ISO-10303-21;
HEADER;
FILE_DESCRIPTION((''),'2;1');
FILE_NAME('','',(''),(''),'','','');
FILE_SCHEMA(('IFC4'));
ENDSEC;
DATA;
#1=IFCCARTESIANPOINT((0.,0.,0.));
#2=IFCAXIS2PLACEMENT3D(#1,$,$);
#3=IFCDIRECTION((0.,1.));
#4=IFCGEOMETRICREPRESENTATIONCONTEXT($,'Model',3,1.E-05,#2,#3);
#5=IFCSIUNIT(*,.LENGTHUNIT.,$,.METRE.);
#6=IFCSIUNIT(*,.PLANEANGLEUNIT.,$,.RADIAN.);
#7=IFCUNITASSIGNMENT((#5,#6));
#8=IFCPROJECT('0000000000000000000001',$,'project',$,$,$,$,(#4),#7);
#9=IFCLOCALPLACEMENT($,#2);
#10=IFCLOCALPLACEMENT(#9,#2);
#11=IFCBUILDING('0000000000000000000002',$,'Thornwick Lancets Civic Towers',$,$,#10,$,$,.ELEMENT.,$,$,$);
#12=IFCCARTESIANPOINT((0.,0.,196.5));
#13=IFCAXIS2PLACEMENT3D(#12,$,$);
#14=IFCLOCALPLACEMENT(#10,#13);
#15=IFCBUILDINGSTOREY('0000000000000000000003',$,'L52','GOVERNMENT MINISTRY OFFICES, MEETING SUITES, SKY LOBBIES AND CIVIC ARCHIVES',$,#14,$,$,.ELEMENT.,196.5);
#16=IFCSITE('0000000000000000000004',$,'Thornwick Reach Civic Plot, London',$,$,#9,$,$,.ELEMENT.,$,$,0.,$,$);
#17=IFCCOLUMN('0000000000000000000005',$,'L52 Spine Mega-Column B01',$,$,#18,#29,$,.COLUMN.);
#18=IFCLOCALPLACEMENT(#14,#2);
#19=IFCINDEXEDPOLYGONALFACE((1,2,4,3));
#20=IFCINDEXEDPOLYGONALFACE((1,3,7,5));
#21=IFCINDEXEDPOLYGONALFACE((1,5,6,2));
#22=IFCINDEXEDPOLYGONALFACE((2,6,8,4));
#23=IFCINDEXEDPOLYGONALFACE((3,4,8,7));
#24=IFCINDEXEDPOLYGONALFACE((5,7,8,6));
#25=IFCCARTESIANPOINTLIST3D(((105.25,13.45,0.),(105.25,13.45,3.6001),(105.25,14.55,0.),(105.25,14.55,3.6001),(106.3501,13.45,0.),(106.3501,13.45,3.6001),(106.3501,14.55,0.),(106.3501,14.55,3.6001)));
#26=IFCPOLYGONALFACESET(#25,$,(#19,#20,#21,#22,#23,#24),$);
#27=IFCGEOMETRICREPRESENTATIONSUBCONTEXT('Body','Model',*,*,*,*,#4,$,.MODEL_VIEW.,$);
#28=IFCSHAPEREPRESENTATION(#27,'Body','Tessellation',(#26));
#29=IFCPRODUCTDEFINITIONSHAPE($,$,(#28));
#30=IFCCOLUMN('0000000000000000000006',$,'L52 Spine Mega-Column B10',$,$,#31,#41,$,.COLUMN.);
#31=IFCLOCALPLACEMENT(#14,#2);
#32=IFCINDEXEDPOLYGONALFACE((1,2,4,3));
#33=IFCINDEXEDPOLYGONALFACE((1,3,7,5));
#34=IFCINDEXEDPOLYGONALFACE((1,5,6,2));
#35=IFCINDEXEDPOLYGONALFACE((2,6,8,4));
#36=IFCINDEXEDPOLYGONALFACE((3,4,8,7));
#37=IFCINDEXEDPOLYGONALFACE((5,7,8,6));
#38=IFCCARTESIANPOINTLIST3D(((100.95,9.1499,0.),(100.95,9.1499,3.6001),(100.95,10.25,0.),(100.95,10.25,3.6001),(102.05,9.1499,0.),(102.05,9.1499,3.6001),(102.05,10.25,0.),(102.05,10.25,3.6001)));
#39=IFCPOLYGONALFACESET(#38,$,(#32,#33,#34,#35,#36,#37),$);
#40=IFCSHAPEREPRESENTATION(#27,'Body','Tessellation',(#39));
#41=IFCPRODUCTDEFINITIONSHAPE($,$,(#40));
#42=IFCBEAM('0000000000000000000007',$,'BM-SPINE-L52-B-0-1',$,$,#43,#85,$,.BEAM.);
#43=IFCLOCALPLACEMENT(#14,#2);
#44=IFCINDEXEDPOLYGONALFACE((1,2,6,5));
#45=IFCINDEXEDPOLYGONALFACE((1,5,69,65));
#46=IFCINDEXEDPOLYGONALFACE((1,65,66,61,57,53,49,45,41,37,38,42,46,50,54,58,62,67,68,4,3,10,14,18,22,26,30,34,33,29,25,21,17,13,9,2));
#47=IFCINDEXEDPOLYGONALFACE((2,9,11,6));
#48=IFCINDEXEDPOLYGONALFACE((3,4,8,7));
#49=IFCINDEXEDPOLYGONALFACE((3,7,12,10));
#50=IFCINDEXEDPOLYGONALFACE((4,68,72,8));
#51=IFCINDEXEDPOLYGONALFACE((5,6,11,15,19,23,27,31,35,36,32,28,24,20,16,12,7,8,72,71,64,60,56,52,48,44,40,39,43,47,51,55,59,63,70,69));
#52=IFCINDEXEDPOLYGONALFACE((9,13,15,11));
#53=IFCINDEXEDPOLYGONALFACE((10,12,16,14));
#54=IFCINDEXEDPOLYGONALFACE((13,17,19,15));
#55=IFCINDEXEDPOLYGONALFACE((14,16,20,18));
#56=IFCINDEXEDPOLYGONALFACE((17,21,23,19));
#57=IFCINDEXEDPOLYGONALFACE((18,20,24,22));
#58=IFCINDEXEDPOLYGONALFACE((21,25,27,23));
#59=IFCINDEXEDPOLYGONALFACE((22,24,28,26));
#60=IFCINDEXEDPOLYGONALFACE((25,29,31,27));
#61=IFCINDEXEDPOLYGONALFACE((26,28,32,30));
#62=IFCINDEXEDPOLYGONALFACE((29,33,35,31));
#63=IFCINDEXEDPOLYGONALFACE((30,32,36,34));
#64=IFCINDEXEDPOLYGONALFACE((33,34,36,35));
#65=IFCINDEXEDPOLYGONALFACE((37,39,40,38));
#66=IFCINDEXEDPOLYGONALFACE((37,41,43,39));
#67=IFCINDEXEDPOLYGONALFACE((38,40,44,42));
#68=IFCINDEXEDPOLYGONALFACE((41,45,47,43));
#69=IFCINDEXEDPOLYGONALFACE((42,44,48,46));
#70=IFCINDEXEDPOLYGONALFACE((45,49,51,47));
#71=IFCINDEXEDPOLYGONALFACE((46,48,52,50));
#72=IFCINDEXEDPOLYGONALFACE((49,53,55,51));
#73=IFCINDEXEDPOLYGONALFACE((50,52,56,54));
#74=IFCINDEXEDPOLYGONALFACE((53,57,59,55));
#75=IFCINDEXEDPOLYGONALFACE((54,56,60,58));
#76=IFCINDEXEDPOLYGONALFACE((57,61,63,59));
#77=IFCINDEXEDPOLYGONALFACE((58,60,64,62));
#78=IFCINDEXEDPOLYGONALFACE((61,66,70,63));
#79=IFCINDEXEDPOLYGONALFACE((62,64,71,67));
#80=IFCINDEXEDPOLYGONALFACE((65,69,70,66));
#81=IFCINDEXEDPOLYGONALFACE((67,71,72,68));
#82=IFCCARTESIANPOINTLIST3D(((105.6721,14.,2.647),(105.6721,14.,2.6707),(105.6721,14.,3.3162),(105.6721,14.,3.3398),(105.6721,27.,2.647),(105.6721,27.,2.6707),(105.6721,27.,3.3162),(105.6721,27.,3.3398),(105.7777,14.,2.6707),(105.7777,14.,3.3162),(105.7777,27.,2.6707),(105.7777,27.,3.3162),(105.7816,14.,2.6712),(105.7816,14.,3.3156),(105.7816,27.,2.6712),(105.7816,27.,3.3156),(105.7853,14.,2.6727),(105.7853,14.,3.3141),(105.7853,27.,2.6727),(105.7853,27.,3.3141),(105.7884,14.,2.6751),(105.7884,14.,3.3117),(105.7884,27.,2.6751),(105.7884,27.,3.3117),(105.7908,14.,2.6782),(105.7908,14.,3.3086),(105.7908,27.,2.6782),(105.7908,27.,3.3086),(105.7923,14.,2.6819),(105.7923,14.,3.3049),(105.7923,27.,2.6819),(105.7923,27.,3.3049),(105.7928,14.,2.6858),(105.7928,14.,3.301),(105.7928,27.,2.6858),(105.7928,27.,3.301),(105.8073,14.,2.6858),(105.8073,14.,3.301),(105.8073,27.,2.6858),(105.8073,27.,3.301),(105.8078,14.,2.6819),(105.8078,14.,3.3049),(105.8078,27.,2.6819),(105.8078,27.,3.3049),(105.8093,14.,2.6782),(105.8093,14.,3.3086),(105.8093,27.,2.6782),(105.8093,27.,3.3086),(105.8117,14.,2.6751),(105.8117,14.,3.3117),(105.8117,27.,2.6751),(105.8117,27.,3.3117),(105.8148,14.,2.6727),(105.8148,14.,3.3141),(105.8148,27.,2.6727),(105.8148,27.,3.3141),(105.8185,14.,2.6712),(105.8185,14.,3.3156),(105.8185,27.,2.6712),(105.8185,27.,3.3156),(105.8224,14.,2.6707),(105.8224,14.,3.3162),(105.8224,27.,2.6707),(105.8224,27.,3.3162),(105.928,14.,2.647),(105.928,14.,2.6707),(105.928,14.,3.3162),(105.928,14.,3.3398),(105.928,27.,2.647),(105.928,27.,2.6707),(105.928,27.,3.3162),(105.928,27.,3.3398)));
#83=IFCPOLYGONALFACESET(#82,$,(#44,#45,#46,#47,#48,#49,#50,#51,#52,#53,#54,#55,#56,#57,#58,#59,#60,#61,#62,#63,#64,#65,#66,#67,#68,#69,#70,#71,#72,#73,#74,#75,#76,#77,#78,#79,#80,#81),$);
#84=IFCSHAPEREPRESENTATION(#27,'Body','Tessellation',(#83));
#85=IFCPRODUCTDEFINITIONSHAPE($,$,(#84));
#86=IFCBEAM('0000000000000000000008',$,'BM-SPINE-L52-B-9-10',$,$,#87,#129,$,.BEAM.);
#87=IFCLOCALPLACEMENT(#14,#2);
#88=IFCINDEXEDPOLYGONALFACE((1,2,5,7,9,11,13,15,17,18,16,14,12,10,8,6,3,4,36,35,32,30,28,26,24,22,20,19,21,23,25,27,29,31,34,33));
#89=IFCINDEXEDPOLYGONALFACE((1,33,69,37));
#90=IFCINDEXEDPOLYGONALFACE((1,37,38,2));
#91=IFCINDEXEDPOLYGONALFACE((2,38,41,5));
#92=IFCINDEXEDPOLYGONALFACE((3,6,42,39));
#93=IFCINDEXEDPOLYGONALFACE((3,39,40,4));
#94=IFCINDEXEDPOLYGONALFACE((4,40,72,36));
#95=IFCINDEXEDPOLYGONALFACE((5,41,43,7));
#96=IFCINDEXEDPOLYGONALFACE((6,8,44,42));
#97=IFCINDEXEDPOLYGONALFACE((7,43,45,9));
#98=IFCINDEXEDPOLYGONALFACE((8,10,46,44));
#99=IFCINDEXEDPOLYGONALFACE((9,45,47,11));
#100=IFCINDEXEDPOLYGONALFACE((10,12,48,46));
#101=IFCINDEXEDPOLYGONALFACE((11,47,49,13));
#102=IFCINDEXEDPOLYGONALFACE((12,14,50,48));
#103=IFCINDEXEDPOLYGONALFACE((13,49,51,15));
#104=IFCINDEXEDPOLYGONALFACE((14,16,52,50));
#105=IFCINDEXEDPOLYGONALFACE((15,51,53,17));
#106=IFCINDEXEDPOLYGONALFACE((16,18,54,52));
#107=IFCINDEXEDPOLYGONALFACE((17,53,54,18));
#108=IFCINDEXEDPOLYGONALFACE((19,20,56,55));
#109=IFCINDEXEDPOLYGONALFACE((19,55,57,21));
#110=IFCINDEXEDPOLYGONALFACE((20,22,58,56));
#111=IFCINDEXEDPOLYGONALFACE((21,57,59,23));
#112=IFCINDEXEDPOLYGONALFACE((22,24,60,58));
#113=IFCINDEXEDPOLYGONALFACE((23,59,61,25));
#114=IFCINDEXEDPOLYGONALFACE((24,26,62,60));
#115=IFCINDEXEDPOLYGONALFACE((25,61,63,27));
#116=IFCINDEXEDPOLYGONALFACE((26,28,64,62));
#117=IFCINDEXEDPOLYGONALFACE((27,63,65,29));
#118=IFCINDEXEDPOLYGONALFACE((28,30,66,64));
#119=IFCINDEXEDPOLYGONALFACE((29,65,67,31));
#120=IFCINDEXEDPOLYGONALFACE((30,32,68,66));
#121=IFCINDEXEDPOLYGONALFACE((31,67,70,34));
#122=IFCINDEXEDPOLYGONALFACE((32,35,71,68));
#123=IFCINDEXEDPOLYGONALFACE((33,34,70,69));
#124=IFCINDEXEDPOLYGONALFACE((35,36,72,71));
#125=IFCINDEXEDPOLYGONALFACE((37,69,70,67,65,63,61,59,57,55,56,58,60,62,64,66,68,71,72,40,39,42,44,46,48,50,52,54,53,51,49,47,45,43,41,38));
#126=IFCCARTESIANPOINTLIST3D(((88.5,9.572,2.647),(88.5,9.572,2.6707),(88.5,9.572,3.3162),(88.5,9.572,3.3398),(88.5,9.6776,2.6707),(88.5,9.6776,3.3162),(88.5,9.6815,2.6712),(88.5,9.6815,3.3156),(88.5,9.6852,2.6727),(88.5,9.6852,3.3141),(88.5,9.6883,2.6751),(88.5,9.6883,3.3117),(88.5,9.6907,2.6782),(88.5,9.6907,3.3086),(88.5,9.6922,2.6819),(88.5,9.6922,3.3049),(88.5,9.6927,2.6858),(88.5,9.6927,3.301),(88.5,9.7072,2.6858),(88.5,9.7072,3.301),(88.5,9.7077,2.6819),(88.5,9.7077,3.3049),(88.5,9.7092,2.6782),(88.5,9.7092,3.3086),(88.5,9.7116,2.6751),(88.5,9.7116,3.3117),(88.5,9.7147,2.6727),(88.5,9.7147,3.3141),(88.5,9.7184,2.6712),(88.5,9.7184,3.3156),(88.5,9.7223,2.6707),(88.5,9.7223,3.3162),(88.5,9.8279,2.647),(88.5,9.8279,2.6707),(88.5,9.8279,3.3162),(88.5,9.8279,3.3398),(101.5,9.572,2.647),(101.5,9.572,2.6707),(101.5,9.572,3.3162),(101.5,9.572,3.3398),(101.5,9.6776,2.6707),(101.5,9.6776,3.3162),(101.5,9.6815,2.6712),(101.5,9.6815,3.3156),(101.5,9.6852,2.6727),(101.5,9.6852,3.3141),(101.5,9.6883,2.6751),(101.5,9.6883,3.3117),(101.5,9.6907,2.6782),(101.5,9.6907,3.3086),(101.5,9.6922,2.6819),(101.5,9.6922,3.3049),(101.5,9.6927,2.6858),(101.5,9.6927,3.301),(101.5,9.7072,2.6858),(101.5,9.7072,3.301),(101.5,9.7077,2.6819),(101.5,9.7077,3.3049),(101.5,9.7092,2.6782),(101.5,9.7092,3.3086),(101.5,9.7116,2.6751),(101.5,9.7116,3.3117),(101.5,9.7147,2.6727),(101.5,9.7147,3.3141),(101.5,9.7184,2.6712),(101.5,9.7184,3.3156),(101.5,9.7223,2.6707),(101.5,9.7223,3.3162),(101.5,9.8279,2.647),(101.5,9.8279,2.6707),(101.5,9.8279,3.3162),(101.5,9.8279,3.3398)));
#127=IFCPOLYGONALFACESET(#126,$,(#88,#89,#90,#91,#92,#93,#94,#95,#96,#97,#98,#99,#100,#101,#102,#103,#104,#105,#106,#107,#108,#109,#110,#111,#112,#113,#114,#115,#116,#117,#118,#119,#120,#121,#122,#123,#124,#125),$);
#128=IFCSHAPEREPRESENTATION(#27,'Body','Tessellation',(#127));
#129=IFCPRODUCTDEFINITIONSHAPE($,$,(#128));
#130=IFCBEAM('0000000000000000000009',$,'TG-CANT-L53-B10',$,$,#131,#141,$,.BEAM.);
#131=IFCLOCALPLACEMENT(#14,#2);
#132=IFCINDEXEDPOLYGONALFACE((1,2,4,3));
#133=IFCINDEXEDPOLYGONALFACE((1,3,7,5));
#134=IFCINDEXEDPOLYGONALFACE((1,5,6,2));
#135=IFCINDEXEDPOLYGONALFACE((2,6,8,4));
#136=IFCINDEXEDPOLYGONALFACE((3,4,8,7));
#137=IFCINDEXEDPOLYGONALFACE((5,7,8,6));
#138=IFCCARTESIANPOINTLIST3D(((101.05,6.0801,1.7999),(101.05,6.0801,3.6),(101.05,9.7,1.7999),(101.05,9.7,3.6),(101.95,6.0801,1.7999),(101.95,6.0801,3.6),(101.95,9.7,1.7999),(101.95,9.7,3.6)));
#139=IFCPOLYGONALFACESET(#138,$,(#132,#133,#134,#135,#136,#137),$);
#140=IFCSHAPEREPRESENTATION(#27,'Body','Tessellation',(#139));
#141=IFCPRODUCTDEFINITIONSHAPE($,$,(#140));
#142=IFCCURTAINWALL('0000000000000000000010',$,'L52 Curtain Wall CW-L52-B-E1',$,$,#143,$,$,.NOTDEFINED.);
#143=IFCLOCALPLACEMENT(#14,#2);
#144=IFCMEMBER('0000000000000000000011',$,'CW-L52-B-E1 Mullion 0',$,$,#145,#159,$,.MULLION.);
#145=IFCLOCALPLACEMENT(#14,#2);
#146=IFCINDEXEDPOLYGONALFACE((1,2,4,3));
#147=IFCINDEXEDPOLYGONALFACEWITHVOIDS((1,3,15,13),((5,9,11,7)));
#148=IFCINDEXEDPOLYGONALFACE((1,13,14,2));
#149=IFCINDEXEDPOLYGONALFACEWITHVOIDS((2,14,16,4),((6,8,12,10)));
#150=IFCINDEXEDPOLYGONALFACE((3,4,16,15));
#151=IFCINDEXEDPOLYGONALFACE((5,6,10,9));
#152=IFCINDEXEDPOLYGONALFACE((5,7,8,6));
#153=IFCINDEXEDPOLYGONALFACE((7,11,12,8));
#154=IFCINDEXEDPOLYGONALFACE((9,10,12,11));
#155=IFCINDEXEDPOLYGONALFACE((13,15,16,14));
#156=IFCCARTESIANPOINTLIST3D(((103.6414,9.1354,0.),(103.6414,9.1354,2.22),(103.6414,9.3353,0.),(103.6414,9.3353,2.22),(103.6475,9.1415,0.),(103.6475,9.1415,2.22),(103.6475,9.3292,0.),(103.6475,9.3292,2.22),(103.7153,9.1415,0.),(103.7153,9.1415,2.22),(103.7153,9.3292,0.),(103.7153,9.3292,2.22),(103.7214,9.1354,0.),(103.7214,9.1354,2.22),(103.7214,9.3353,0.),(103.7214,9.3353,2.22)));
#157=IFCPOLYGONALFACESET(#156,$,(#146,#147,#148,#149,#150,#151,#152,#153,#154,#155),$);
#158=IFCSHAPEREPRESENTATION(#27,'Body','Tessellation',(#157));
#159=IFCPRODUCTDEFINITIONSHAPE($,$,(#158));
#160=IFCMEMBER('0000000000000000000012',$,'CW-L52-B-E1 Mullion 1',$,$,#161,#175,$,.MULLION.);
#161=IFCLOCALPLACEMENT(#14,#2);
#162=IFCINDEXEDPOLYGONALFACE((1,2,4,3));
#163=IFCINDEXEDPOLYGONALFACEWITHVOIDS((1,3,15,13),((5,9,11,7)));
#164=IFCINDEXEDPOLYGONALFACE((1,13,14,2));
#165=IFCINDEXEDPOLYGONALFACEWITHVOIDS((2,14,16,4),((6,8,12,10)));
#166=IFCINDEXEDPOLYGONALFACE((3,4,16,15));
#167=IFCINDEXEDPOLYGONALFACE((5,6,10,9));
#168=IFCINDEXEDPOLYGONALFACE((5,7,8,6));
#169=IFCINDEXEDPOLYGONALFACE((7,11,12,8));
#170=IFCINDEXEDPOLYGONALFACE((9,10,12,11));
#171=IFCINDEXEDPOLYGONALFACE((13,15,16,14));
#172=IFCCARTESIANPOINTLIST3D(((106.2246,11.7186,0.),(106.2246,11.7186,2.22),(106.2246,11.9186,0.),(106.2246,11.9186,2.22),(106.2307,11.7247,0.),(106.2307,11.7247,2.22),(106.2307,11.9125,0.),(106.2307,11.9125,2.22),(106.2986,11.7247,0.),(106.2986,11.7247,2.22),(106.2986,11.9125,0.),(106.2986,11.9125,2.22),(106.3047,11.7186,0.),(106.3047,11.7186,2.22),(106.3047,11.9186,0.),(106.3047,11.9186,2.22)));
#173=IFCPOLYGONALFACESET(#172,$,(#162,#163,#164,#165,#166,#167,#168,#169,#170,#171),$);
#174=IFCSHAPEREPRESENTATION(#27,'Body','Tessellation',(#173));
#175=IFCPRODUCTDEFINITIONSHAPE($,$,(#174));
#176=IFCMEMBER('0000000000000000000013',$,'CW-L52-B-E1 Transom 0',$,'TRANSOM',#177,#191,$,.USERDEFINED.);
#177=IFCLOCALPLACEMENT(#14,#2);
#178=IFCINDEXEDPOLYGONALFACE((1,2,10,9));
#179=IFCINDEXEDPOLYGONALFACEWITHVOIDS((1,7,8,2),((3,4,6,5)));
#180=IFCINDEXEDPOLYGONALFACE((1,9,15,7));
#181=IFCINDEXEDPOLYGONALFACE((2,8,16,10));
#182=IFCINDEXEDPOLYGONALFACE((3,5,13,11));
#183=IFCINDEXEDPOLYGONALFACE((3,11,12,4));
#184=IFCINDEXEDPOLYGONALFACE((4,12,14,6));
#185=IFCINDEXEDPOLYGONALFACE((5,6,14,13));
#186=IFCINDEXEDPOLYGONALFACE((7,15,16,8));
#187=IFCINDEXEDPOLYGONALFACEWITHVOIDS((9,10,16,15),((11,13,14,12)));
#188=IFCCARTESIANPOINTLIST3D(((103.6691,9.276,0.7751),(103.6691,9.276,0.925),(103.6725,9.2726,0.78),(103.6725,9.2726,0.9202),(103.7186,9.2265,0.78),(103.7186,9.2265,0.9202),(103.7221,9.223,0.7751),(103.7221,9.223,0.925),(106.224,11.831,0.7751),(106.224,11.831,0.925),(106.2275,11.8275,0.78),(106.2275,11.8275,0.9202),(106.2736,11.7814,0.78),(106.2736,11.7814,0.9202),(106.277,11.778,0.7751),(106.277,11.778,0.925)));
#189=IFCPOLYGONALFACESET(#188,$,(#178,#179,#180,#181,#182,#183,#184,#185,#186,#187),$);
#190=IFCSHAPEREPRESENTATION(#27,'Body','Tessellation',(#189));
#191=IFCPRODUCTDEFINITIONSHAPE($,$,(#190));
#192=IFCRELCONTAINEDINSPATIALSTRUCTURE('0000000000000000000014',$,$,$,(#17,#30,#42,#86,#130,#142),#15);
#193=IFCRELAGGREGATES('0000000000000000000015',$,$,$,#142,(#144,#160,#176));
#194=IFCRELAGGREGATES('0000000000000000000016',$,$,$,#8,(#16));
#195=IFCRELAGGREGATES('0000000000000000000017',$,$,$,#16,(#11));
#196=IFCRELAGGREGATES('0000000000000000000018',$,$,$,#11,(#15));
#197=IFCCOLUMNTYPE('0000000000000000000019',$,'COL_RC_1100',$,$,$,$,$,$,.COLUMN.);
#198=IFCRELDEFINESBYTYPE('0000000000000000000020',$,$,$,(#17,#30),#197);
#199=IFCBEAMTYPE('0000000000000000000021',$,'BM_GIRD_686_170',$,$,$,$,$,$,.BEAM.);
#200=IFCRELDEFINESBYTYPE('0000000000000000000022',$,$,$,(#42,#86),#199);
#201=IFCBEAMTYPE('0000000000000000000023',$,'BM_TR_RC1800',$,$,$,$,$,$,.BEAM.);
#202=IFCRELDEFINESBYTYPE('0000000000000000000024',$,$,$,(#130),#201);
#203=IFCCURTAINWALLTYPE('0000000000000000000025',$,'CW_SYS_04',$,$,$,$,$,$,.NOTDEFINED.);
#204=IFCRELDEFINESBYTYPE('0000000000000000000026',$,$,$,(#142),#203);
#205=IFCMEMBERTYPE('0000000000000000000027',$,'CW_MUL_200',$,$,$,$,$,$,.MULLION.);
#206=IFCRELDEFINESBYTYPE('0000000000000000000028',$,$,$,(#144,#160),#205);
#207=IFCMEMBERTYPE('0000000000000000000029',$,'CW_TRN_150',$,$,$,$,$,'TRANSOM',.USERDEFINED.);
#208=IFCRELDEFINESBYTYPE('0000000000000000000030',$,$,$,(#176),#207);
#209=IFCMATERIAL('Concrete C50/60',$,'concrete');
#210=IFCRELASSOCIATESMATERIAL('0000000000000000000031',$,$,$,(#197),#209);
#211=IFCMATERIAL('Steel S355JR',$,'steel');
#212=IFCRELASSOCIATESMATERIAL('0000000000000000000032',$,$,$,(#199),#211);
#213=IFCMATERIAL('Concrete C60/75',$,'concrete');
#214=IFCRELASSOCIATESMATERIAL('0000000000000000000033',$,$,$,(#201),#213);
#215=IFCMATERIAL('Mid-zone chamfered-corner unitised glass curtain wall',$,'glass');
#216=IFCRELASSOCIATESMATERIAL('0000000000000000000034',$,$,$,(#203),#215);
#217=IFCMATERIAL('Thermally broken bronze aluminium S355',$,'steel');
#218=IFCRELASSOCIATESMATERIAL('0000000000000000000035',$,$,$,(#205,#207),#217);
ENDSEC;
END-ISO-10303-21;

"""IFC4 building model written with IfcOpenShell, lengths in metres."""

from ifc_helpers import new_model, si_unit, direction, frame, origin, origin_2d, place, context, subcontext, project, spatial, rectangle, hollow_rectangle, i_section, extrude, material, material_profile, profile_set, type_object, element, aggregate, save


model = new_model("IFC4")

# Units and contexts
model_context = context("Model", 3, precision=1e-05, world=origin(), true_north=direction((0.0, 1.0)))
body_context = subcontext(model_context, "Body", "Model", "MODEL_VIEW")
ifc_project = project(units=[si_unit("LENGTHUNIT", "METRE"), si_unit("PLANEANGLEUNIT", "RADIAN")], contexts=[model_context])

# Site, building, storey
site_placement = place(None, origin())
site = spatial("IfcSite", under=ifc_project, at=site_placement, Name="Thornwick Reach Civic Plot, London", CompositionType="ELEMENT", RefElevation=0.0)
building_placement = place(site_placement, origin())
building = spatial("IfcBuilding", under=site, at=building_placement, Name="Thornwick Lancets Civic Towers", CompositionType="ELEMENT")
storey_placement = place(building_placement, frame((0.0, 0.0, 196.5)))
storey = spatial("IfcBuildingStorey", under=building, at=storey_placement, Name="L52", Description="GOVERNMENT MINISTRY OFFICES, MEETING SUITES, SKY LOBBIES AND CIVIC ARCHIVES", CompositionType="ELEMENT", Elevation=196.5)

# Columns
ifc_material_1 = material(Name="Concrete C50/60", Category="concrete")
ifc_material_profile_1 = material_profile(ifc_material_1, rectangle(XDim=1.1001, YDim=1.1001, at=origin_2d()), Name="RC 1100x1100")
ifc_profile_set_1 = profile_set([ifc_material_profile_1], Name="Concrete C50/60")
column_type = type_object("IfcColumnType", Name="COL_RC_1100", PredefinedType="COLUMN", material=ifc_profile_set_1)
for number, where, z_axis, x_axis, name in (
    (1, (105.8, 14.0, 0.0), (0.0, 0.0, 1.0), (1.0, 0.0, 0.0), "L52 Spine Mega-Column B01"),
    (2, (101.5, 9.7, 0.0), (0.0, 0.0, 1.0), (1.0, 0.0, 0.0), "L52 Spine Mega-Column B10"),
):
    element("IfcColumn", number, at=place(storey_placement, frame(where, z_axis=z_axis, x_axis=x_axis)), inside=storey, type_object=column_type, Name=name, PredefinedType="COLUMN", context=body_context, shape_type="SweptSolid", body=[
        extrude(rectangle(XDim=1.1001, YDim=1.1001, at=origin_2d()), origin(), (0.0, 0.0, 1.0), 3.6001),
    ])

# Beams
ifc_material_2 = material(Name="Steel S355JR", Category="steel")
ifc_material_profile_2 = material_profile(ifc_material_2, i_section(OverallWidth=0.2559, OverallDepth=0.6929, WebThickness=0.0144, FlangeThickness=0.0237, FilletRadius=0.0151, at=origin_2d()), Name="UKB 686x254x170")
ifc_profile_set_2 = profile_set([ifc_material_profile_2], Name="Steel S355JR")
beam_type_1 = type_object("IfcBeamType", Name="BM_GIRD_686_170", PredefinedType="BEAM", material=ifc_profile_set_2)
for number, where, z_axis, x_axis, name in (
    (3, (105.8, 14.0, 2.9934), (0.0, 1.0, 0.0), (-1.0, 0.0, 0.0), "BM-SPINE-L52-B-0-1"),
    (4, (101.5, 9.7, 2.9934), (-1.0, 0.0, 0.0), (0.0, -1.0, 0.0), "BM-SPINE-L52-B-9-10"),
):
    element("IfcBeam", number, at=place(storey_placement, frame(where, z_axis=z_axis, x_axis=x_axis)), inside=storey, type_object=beam_type_1, Name=name, PredefinedType="BEAM", context=body_context, shape_type="SweptSolid", body=[
        extrude(i_section(OverallWidth=0.2559, OverallDepth=0.6929, WebThickness=0.0144, FlangeThickness=0.0237, FilletRadius=0.0151, at=origin_2d()), origin(), (0.0, 0.0, 1.0), 13.0),
    ])
ifc_material_3 = material(Name="Concrete C60/75", Category="concrete")
ifc_material_profile_3 = material_profile(ifc_material_3, rectangle(XDim=0.8999, YDim=1.8, at=origin_2d()), Name="RC 900x1800")
ifc_profile_set_3 = profile_set([ifc_material_profile_3], Name="Concrete C60/75")
beam_type_2 = type_object("IfcBeamType", Name="BM_TR_RC1800", PredefinedType="BEAM", material=ifc_profile_set_3)
beam_placement = place(storey_placement, frame((101.5, 9.7, 2.7), z_axis=(0.0, -1.0, 0.0), x_axis=(1.0, 0.0, 0.0)))
element("IfcBeam", 5, at=beam_placement, inside=storey, type_object=beam_type_2, Name="TG-CANT-L53-B10", PredefinedType="BEAM", context=body_context, shape_type="SweptSolid", body=[
    extrude(rectangle(XDim=0.8999, YDim=1.8, at=origin_2d()), origin(), (0.0, 0.0, 1.0), 3.6199),
])

# Curtain wall, members
ifc_material_4 = material(Name="Mid-zone chamfered-corner unitised glass curtain wall", Category="glass")
curtain_wall_type = type_object("IfcCurtainWallType", Name="CW_SYS_04", PredefinedType="NOTDEFINED", material=ifc_material_4)
curtain_wall_placement = place(storey_placement, origin())
curtain_wall = element("IfcCurtainWall", 6, at=curtain_wall_placement, inside=storey, type_object=curtain_wall_type, Name="L52 Curtain Wall CW-L52-B-E1", PredefinedType="NOTDEFINED")
ifc_material_5 = material(Name="Thermally broken bronze aluminium S355", Category="steel")
ifc_material_profile_4 = material_profile(ifc_material_5, hollow_rectangle(XDim=0.0801, YDim=0.2, WallThickness=0.0061, at=origin_2d()), Name="RHS 200x80x6")
ifc_profile_set_4 = profile_set([ifc_material_profile_4], Name="Thermally broken bronze aluminium S355")
member_type_1 = type_object("IfcMemberType", Name="CW_MUL_200", PredefinedType="MULLION", material=ifc_profile_set_4)
member_1_placement = place(storey_placement, frame((103.6814, 9.2354, 0.0), z_axis=(0.0, 0.0, 1.0), x_axis=(1.0, 0.0, 0.0)))
member_1 = element("IfcMember", 7, at=member_1_placement, type_object=member_type_1, Name="CW-L52-B-E1 Mullion 0", PredefinedType="MULLION", context=body_context, shape_type="SweptSolid", body=[
    extrude(hollow_rectangle(XDim=0.0801, YDim=0.2, WallThickness=0.0061, at=origin_2d()), origin(), (0.0, 0.0, 1.0), 2.22),
])
member_2_placement = place(storey_placement, frame((106.2646, 11.8186, 0.0), z_axis=(0.0, 0.0, 1.0), x_axis=(1.0, 0.0, 0.0)))
member_2 = element("IfcMember", 8, at=member_2_placement, type_object=member_type_1, Name="CW-L52-B-E1 Mullion 1", PredefinedType="MULLION", context=body_context, shape_type="SweptSolid", body=[
    extrude(hollow_rectangle(XDim=0.0801, YDim=0.2, WallThickness=0.0061, at=origin_2d()), origin(), (0.0, 0.0, 1.0), 2.22),
])
ifc_material_profile_5 = material_profile(ifc_material_5, hollow_rectangle(XDim=0.075, YDim=0.1499, WallThickness=0.0049, at=origin_2d()), Name="RHS 150x75x5")
ifc_profile_set_5 = profile_set([ifc_material_profile_5], Name="Thermally broken bronze aluminium S355")
member_type_2 = type_object("IfcMemberType", Name="CW_TRN_150", ElementType="TRANSOM", PredefinedType="USERDEFINED", material=ifc_profile_set_5)
member_3_placement = place(storey_placement, frame((103.6956, 9.2495, 0.8501), z_axis=(0.707107, 0.707107, 0.0), x_axis=(-0.707107, 0.707107, 0.0)))
member_3 = element("IfcMember", 9, at=member_3_placement, type_object=member_type_2, Name="CW-L52-B-E1 Transom 0", ObjectType="TRANSOM", PredefinedType="USERDEFINED", context=body_context, shape_type="SweptSolid", body=[
    extrude(hollow_rectangle(XDim=0.075, YDim=0.1499, WallThickness=0.0049, at=origin_2d()), origin(), (0.0, 0.0, 1.0), 3.6133),
])

aggregate(curtain_wall, [member_1, member_2, member_3])

save(model, "model.ifc")
